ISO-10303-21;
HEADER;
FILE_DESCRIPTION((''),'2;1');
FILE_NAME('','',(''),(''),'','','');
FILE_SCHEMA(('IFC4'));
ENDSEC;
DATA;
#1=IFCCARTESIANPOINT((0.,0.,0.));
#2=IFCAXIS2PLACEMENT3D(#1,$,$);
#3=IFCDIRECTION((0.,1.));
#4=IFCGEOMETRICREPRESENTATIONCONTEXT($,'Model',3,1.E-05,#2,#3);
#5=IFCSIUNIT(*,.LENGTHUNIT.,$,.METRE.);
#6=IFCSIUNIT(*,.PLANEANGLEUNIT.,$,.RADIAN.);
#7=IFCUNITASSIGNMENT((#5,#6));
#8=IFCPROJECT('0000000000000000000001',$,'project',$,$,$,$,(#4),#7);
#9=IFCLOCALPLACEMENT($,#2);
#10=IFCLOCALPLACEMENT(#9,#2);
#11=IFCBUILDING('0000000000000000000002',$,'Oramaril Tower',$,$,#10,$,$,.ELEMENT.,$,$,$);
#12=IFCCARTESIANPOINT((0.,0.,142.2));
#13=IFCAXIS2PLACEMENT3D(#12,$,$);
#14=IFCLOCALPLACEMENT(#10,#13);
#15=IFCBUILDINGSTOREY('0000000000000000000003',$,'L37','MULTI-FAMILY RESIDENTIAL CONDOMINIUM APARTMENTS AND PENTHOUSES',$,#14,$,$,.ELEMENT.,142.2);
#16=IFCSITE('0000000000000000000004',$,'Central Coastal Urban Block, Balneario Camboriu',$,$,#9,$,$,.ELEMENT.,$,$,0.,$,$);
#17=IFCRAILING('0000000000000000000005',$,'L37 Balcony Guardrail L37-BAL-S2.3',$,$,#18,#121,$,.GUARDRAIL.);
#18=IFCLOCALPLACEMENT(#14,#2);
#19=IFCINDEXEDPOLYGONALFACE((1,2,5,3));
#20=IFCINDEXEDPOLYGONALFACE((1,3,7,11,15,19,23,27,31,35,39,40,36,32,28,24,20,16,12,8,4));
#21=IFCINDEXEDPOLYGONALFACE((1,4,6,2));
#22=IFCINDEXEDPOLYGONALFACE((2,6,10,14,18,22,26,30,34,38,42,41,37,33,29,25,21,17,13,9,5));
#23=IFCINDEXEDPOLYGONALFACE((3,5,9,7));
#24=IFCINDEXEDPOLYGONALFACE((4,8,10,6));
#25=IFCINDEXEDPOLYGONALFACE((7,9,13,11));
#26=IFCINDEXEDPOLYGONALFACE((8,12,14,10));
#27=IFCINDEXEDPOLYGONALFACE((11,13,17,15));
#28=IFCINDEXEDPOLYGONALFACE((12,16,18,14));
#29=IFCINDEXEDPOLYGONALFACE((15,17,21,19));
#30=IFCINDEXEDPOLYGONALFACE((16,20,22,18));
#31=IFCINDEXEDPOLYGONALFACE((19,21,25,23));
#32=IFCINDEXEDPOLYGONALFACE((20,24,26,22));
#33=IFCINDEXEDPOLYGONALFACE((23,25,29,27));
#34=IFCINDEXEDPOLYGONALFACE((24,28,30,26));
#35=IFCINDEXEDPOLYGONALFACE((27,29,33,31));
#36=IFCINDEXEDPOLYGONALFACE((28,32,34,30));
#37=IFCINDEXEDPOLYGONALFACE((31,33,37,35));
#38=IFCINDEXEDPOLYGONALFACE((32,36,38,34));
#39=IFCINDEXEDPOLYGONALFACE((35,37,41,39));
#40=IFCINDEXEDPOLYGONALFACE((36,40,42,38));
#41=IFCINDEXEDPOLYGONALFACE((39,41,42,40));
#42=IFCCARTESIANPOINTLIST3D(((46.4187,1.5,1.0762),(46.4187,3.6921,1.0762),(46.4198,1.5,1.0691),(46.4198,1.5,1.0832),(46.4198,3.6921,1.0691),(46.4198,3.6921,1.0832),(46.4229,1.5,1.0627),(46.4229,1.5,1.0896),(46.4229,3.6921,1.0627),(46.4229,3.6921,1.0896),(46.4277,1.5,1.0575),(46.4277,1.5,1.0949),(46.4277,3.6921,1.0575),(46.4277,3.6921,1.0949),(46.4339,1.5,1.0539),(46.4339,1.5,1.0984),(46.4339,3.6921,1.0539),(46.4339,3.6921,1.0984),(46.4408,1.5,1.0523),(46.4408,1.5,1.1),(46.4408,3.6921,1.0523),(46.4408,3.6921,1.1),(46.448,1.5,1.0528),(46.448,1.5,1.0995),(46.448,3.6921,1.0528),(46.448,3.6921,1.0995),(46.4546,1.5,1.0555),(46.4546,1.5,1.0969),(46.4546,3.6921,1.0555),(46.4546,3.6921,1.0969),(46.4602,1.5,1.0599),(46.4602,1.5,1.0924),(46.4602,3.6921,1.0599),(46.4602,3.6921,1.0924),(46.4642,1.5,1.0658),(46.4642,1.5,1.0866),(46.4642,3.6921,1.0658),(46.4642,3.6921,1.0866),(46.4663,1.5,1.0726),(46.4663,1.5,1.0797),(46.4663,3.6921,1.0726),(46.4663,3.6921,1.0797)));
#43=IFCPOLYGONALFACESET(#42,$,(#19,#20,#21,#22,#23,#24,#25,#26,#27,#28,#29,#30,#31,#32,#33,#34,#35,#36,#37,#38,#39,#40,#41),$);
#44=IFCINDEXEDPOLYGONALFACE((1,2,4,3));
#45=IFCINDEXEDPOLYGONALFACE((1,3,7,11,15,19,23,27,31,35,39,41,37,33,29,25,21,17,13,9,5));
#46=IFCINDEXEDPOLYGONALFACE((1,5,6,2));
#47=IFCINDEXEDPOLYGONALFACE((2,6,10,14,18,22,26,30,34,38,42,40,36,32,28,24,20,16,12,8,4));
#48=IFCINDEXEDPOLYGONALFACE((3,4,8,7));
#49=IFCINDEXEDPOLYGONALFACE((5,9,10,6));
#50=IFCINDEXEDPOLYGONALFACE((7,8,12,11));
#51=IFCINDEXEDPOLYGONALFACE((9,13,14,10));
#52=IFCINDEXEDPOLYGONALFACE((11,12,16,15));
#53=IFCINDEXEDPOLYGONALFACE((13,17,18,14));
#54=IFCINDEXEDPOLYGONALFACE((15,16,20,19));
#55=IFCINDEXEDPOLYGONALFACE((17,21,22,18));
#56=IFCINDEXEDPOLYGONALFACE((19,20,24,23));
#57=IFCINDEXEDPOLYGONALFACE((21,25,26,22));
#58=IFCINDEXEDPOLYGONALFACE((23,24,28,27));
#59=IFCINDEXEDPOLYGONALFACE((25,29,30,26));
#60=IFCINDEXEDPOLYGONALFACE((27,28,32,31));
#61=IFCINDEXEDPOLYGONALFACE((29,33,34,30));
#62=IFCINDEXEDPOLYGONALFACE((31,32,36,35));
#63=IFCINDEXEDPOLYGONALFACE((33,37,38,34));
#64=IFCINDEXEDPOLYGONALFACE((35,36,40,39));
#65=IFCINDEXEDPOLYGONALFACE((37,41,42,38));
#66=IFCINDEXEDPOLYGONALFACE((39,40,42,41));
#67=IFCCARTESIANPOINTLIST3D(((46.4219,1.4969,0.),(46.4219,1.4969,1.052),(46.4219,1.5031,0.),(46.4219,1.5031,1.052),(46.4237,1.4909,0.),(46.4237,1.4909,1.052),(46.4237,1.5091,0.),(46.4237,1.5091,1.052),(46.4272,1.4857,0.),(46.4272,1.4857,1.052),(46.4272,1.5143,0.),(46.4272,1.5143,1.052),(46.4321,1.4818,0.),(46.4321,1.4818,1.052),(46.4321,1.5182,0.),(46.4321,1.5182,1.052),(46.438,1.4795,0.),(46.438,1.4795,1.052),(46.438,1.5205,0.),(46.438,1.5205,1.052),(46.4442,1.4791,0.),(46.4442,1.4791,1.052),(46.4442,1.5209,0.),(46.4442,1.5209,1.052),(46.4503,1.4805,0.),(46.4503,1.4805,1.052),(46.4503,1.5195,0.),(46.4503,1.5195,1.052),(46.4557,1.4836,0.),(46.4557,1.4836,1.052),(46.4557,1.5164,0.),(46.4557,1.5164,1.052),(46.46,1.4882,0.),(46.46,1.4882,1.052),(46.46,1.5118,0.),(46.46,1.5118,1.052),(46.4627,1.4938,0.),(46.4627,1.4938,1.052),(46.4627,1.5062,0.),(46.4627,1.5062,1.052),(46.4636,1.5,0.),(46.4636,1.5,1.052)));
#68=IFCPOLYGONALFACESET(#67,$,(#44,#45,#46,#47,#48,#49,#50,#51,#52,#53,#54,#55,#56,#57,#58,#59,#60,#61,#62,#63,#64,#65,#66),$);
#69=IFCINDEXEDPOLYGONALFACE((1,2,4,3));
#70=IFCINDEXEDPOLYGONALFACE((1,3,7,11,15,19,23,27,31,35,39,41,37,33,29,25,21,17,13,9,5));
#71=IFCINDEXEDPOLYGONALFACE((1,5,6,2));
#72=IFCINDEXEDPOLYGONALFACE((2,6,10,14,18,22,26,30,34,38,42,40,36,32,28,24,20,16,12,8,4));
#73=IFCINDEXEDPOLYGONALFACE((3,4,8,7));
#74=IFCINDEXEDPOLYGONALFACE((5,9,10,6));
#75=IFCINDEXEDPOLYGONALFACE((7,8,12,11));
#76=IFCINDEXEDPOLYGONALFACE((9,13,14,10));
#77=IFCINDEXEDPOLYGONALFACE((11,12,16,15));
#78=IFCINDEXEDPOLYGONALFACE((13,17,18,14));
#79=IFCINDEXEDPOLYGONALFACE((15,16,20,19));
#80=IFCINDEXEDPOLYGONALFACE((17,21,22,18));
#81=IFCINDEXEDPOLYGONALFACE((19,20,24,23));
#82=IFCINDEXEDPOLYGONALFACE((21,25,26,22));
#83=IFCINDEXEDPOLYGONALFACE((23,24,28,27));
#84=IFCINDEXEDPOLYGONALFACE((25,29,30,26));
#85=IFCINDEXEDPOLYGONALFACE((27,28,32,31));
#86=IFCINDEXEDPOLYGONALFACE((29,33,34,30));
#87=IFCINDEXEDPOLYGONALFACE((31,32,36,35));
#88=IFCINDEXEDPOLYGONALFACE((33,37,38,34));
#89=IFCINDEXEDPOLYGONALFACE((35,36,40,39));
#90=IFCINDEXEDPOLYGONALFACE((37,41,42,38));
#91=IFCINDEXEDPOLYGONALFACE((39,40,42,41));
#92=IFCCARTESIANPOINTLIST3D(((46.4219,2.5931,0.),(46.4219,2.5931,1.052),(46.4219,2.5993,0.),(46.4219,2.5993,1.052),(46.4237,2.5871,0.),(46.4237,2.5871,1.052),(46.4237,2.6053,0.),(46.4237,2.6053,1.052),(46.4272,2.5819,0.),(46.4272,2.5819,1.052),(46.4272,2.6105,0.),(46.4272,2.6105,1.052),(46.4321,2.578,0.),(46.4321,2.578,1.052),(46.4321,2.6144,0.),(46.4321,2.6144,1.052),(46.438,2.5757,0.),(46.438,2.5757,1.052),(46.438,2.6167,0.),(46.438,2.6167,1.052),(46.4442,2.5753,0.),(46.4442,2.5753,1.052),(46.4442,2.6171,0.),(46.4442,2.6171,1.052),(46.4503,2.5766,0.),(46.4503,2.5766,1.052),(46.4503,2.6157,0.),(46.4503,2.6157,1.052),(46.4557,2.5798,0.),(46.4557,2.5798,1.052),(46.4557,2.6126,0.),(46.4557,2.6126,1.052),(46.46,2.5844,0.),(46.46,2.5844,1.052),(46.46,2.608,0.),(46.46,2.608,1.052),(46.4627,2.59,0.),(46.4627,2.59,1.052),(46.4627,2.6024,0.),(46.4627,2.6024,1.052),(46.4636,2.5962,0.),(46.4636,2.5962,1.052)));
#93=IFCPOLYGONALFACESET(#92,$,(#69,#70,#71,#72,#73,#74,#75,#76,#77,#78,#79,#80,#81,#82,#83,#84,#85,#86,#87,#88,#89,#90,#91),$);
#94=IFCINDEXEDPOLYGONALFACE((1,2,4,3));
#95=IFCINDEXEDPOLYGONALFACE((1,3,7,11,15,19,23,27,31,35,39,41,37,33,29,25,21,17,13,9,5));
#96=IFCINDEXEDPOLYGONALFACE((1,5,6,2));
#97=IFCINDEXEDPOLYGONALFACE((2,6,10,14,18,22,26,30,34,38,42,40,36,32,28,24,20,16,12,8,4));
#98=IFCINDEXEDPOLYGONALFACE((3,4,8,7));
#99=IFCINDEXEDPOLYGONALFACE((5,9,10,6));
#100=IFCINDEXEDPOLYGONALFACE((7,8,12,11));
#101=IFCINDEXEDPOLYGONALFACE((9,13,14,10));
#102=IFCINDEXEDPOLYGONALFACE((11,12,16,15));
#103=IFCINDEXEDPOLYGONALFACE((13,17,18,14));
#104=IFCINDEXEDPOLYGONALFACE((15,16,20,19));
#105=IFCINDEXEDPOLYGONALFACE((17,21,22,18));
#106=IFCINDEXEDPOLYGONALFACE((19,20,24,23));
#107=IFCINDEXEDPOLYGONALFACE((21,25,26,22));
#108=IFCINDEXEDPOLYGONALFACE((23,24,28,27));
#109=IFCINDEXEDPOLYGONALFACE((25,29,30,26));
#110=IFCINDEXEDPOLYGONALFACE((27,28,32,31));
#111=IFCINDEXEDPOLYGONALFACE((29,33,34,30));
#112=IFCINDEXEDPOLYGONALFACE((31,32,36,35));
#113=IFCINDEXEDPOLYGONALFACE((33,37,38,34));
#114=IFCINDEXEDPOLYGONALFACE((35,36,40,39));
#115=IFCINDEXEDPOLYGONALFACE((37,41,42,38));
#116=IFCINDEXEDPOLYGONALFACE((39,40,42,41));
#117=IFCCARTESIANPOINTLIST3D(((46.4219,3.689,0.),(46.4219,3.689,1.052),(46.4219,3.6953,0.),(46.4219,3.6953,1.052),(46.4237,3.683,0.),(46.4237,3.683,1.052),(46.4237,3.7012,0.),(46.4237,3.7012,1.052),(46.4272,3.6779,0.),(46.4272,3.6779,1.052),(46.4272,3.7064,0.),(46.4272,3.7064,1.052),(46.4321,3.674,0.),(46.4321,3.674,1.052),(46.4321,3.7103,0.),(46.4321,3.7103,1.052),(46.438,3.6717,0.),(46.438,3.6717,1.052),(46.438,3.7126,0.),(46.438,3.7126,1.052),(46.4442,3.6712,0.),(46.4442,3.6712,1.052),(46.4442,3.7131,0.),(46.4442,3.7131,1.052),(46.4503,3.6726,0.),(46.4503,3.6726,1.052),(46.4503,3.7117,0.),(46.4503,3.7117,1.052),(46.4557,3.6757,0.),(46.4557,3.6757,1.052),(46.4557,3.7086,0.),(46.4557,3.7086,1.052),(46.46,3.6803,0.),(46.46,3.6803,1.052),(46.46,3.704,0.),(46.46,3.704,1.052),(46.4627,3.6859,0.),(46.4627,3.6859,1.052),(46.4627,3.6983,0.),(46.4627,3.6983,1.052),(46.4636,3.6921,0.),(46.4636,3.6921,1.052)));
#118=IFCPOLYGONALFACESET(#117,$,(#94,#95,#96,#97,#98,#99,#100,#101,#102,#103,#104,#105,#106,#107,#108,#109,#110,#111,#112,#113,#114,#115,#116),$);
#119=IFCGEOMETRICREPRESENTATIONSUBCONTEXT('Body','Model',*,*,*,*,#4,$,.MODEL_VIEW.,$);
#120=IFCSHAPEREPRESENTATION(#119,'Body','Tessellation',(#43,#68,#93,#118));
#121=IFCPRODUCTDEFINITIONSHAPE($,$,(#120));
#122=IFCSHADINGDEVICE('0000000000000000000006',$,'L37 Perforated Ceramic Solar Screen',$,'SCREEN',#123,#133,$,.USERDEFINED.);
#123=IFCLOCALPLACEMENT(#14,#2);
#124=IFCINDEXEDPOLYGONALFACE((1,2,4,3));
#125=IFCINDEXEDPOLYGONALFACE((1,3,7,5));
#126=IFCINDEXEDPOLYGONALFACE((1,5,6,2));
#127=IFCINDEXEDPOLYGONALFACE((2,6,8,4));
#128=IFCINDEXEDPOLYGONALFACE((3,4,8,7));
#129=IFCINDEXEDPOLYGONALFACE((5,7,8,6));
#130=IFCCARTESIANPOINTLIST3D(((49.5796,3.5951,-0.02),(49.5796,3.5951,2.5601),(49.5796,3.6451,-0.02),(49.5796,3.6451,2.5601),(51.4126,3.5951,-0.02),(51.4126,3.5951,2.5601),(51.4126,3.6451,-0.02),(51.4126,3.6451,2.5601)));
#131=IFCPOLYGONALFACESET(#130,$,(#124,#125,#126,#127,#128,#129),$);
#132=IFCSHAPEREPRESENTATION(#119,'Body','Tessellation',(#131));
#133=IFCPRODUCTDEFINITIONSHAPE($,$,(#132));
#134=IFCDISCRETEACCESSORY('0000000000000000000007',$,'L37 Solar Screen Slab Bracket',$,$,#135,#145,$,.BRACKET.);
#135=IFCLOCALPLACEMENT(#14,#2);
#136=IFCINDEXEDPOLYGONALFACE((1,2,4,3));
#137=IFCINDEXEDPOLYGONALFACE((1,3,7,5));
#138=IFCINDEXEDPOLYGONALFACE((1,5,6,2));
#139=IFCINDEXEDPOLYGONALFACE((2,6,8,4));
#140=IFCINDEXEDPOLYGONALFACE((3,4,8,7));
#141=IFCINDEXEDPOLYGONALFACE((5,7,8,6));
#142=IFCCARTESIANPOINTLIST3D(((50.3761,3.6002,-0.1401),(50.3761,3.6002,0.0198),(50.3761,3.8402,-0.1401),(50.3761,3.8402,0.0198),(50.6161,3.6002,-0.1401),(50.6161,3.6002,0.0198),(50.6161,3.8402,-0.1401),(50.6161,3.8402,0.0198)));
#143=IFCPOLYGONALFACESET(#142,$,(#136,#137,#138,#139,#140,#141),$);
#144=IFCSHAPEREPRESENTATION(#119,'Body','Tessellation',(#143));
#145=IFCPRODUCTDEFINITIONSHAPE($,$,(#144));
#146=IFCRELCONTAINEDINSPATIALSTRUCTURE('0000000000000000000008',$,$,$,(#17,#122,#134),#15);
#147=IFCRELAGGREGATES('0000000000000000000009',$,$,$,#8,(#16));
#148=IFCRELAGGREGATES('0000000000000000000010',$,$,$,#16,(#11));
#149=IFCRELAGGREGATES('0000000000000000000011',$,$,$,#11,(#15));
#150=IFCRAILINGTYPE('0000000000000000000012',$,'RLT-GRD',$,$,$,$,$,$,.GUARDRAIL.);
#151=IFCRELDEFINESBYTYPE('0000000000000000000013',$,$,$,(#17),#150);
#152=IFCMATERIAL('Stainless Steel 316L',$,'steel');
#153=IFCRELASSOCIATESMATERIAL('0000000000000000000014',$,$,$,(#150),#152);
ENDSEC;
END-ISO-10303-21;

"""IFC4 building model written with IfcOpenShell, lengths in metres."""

from ifc_helpers import new_model, si_unit, direction, frame, origin, origin_2d, place, context, subcontext, project, spatial, rectangle, circle, extrude, material, type_object, element, save


model = new_model("IFC4")

# Units and contexts
model_context = context("Model", 3, precision=1e-05, world=origin(), true_north=direction((0.0, 1.0)))
body_context = subcontext(model_context, "Body", "Model", "MODEL_VIEW")
ifc_project = project(units=[si_unit("LENGTHUNIT", "METRE"), si_unit("PLANEANGLEUNIT", "RADIAN")], contexts=[model_context])

# Site, building, storey
site_placement = place(None, origin())
site = spatial("IfcSite", under=ifc_project, at=site_placement, Name="Central Coastal Urban Block, Balneario Camboriu", CompositionType="ELEMENT", RefElevation=0.0)
building_placement = place(site_placement, origin())
building = spatial("IfcBuilding", under=site, at=building_placement, Name="Oramaril Tower", CompositionType="ELEMENT")
storey_placement = place(building_placement, frame((0.0, 0.0, 142.2)))
storey = spatial("IfcBuildingStorey", under=building, at=storey_placement, Name="L37", Description="MULTI-FAMILY RESIDENTIAL CONDOMINIUM APARTMENTS AND PENTHOUSES", CompositionType="ELEMENT", Elevation=142.2)

# Railing
ifc_material_1 = material(Name="Stainless Steel 316L", Category="steel")
railing_type = type_object("IfcRailingType", Name="RLT-GRD", PredefinedType="GUARDRAIL", material=ifc_material_1)
railing_1_placement = place(storey_placement, frame((46.4426, 1.5, 0.0)))
element("IfcRailing", 1, at=railing_1_placement, inside=storey, type_object=railing_type, Name="L37 Balcony Guardrail L37-BAL-S2.3", PredefinedType="GUARDRAIL", context=body_context, shape_type="SweptSolid", body=[
    extrude(circle(Radius=0.0239, at=origin_2d()), frame((0.0, 0.0, 1.0762), z_axis=(0.0, 1.0, 0.0), x_axis=(-1.0, 0.0, 0.0)), (0.0, 0.0, 1.0), 2.1921),
    extrude(circle(Radius=0.021, at=origin_2d()), origin(), (0.0, 0.0, 1.0), 1.052),
    extrude(circle(Radius=0.021, at=origin_2d()), frame((0.0, 1.0962, 0.0)), (0.0, 0.0, 1.0), 1.052),
    extrude(circle(Radius=0.021, at=origin_2d()), frame((0.0, 2.1921, 0.0)), (0.0, 0.0, 1.0), 1.052),
])

# Shading device
shading_device_placement = place(storey_placement, frame((50.4961, 3.6201, -0.02), z_axis=(0.0, 0.0, 1.0), x_axis=(1.0, 0.0, 0.0)))
element("IfcShadingDevice", 2, at=shading_device_placement, inside=storey, Name="L37 Perforated Ceramic Solar Screen", ObjectType="SCREEN", PredefinedType="USERDEFINED", context=body_context, shape_type="SweptSolid", body=[
    extrude(rectangle(XDim=1.833, YDim=0.05, at=origin_2d()), origin(), (0.0, 0.0, 1.0), 2.5801),
])

# Discrete accessory
discrete_accessory_placement = place(storey_placement, frame((50.4961, 3.7202, -0.1401), z_axis=(0.0, 0.0, 1.0), x_axis=(1.0, 0.0, 0.0)))
element("IfcDiscreteAccessory", 3, at=discrete_accessory_placement, inside=storey, Name="L37 Solar Screen Slab Bracket", PredefinedType="BRACKET", context=body_context, shape_type="SweptSolid", body=[
    extrude(rectangle(XDim=0.24, YDim=0.24, at=origin_2d()), origin(), (0.0, 0.0, 1.0), 0.1599),
])

save(model, "model.ifc")
